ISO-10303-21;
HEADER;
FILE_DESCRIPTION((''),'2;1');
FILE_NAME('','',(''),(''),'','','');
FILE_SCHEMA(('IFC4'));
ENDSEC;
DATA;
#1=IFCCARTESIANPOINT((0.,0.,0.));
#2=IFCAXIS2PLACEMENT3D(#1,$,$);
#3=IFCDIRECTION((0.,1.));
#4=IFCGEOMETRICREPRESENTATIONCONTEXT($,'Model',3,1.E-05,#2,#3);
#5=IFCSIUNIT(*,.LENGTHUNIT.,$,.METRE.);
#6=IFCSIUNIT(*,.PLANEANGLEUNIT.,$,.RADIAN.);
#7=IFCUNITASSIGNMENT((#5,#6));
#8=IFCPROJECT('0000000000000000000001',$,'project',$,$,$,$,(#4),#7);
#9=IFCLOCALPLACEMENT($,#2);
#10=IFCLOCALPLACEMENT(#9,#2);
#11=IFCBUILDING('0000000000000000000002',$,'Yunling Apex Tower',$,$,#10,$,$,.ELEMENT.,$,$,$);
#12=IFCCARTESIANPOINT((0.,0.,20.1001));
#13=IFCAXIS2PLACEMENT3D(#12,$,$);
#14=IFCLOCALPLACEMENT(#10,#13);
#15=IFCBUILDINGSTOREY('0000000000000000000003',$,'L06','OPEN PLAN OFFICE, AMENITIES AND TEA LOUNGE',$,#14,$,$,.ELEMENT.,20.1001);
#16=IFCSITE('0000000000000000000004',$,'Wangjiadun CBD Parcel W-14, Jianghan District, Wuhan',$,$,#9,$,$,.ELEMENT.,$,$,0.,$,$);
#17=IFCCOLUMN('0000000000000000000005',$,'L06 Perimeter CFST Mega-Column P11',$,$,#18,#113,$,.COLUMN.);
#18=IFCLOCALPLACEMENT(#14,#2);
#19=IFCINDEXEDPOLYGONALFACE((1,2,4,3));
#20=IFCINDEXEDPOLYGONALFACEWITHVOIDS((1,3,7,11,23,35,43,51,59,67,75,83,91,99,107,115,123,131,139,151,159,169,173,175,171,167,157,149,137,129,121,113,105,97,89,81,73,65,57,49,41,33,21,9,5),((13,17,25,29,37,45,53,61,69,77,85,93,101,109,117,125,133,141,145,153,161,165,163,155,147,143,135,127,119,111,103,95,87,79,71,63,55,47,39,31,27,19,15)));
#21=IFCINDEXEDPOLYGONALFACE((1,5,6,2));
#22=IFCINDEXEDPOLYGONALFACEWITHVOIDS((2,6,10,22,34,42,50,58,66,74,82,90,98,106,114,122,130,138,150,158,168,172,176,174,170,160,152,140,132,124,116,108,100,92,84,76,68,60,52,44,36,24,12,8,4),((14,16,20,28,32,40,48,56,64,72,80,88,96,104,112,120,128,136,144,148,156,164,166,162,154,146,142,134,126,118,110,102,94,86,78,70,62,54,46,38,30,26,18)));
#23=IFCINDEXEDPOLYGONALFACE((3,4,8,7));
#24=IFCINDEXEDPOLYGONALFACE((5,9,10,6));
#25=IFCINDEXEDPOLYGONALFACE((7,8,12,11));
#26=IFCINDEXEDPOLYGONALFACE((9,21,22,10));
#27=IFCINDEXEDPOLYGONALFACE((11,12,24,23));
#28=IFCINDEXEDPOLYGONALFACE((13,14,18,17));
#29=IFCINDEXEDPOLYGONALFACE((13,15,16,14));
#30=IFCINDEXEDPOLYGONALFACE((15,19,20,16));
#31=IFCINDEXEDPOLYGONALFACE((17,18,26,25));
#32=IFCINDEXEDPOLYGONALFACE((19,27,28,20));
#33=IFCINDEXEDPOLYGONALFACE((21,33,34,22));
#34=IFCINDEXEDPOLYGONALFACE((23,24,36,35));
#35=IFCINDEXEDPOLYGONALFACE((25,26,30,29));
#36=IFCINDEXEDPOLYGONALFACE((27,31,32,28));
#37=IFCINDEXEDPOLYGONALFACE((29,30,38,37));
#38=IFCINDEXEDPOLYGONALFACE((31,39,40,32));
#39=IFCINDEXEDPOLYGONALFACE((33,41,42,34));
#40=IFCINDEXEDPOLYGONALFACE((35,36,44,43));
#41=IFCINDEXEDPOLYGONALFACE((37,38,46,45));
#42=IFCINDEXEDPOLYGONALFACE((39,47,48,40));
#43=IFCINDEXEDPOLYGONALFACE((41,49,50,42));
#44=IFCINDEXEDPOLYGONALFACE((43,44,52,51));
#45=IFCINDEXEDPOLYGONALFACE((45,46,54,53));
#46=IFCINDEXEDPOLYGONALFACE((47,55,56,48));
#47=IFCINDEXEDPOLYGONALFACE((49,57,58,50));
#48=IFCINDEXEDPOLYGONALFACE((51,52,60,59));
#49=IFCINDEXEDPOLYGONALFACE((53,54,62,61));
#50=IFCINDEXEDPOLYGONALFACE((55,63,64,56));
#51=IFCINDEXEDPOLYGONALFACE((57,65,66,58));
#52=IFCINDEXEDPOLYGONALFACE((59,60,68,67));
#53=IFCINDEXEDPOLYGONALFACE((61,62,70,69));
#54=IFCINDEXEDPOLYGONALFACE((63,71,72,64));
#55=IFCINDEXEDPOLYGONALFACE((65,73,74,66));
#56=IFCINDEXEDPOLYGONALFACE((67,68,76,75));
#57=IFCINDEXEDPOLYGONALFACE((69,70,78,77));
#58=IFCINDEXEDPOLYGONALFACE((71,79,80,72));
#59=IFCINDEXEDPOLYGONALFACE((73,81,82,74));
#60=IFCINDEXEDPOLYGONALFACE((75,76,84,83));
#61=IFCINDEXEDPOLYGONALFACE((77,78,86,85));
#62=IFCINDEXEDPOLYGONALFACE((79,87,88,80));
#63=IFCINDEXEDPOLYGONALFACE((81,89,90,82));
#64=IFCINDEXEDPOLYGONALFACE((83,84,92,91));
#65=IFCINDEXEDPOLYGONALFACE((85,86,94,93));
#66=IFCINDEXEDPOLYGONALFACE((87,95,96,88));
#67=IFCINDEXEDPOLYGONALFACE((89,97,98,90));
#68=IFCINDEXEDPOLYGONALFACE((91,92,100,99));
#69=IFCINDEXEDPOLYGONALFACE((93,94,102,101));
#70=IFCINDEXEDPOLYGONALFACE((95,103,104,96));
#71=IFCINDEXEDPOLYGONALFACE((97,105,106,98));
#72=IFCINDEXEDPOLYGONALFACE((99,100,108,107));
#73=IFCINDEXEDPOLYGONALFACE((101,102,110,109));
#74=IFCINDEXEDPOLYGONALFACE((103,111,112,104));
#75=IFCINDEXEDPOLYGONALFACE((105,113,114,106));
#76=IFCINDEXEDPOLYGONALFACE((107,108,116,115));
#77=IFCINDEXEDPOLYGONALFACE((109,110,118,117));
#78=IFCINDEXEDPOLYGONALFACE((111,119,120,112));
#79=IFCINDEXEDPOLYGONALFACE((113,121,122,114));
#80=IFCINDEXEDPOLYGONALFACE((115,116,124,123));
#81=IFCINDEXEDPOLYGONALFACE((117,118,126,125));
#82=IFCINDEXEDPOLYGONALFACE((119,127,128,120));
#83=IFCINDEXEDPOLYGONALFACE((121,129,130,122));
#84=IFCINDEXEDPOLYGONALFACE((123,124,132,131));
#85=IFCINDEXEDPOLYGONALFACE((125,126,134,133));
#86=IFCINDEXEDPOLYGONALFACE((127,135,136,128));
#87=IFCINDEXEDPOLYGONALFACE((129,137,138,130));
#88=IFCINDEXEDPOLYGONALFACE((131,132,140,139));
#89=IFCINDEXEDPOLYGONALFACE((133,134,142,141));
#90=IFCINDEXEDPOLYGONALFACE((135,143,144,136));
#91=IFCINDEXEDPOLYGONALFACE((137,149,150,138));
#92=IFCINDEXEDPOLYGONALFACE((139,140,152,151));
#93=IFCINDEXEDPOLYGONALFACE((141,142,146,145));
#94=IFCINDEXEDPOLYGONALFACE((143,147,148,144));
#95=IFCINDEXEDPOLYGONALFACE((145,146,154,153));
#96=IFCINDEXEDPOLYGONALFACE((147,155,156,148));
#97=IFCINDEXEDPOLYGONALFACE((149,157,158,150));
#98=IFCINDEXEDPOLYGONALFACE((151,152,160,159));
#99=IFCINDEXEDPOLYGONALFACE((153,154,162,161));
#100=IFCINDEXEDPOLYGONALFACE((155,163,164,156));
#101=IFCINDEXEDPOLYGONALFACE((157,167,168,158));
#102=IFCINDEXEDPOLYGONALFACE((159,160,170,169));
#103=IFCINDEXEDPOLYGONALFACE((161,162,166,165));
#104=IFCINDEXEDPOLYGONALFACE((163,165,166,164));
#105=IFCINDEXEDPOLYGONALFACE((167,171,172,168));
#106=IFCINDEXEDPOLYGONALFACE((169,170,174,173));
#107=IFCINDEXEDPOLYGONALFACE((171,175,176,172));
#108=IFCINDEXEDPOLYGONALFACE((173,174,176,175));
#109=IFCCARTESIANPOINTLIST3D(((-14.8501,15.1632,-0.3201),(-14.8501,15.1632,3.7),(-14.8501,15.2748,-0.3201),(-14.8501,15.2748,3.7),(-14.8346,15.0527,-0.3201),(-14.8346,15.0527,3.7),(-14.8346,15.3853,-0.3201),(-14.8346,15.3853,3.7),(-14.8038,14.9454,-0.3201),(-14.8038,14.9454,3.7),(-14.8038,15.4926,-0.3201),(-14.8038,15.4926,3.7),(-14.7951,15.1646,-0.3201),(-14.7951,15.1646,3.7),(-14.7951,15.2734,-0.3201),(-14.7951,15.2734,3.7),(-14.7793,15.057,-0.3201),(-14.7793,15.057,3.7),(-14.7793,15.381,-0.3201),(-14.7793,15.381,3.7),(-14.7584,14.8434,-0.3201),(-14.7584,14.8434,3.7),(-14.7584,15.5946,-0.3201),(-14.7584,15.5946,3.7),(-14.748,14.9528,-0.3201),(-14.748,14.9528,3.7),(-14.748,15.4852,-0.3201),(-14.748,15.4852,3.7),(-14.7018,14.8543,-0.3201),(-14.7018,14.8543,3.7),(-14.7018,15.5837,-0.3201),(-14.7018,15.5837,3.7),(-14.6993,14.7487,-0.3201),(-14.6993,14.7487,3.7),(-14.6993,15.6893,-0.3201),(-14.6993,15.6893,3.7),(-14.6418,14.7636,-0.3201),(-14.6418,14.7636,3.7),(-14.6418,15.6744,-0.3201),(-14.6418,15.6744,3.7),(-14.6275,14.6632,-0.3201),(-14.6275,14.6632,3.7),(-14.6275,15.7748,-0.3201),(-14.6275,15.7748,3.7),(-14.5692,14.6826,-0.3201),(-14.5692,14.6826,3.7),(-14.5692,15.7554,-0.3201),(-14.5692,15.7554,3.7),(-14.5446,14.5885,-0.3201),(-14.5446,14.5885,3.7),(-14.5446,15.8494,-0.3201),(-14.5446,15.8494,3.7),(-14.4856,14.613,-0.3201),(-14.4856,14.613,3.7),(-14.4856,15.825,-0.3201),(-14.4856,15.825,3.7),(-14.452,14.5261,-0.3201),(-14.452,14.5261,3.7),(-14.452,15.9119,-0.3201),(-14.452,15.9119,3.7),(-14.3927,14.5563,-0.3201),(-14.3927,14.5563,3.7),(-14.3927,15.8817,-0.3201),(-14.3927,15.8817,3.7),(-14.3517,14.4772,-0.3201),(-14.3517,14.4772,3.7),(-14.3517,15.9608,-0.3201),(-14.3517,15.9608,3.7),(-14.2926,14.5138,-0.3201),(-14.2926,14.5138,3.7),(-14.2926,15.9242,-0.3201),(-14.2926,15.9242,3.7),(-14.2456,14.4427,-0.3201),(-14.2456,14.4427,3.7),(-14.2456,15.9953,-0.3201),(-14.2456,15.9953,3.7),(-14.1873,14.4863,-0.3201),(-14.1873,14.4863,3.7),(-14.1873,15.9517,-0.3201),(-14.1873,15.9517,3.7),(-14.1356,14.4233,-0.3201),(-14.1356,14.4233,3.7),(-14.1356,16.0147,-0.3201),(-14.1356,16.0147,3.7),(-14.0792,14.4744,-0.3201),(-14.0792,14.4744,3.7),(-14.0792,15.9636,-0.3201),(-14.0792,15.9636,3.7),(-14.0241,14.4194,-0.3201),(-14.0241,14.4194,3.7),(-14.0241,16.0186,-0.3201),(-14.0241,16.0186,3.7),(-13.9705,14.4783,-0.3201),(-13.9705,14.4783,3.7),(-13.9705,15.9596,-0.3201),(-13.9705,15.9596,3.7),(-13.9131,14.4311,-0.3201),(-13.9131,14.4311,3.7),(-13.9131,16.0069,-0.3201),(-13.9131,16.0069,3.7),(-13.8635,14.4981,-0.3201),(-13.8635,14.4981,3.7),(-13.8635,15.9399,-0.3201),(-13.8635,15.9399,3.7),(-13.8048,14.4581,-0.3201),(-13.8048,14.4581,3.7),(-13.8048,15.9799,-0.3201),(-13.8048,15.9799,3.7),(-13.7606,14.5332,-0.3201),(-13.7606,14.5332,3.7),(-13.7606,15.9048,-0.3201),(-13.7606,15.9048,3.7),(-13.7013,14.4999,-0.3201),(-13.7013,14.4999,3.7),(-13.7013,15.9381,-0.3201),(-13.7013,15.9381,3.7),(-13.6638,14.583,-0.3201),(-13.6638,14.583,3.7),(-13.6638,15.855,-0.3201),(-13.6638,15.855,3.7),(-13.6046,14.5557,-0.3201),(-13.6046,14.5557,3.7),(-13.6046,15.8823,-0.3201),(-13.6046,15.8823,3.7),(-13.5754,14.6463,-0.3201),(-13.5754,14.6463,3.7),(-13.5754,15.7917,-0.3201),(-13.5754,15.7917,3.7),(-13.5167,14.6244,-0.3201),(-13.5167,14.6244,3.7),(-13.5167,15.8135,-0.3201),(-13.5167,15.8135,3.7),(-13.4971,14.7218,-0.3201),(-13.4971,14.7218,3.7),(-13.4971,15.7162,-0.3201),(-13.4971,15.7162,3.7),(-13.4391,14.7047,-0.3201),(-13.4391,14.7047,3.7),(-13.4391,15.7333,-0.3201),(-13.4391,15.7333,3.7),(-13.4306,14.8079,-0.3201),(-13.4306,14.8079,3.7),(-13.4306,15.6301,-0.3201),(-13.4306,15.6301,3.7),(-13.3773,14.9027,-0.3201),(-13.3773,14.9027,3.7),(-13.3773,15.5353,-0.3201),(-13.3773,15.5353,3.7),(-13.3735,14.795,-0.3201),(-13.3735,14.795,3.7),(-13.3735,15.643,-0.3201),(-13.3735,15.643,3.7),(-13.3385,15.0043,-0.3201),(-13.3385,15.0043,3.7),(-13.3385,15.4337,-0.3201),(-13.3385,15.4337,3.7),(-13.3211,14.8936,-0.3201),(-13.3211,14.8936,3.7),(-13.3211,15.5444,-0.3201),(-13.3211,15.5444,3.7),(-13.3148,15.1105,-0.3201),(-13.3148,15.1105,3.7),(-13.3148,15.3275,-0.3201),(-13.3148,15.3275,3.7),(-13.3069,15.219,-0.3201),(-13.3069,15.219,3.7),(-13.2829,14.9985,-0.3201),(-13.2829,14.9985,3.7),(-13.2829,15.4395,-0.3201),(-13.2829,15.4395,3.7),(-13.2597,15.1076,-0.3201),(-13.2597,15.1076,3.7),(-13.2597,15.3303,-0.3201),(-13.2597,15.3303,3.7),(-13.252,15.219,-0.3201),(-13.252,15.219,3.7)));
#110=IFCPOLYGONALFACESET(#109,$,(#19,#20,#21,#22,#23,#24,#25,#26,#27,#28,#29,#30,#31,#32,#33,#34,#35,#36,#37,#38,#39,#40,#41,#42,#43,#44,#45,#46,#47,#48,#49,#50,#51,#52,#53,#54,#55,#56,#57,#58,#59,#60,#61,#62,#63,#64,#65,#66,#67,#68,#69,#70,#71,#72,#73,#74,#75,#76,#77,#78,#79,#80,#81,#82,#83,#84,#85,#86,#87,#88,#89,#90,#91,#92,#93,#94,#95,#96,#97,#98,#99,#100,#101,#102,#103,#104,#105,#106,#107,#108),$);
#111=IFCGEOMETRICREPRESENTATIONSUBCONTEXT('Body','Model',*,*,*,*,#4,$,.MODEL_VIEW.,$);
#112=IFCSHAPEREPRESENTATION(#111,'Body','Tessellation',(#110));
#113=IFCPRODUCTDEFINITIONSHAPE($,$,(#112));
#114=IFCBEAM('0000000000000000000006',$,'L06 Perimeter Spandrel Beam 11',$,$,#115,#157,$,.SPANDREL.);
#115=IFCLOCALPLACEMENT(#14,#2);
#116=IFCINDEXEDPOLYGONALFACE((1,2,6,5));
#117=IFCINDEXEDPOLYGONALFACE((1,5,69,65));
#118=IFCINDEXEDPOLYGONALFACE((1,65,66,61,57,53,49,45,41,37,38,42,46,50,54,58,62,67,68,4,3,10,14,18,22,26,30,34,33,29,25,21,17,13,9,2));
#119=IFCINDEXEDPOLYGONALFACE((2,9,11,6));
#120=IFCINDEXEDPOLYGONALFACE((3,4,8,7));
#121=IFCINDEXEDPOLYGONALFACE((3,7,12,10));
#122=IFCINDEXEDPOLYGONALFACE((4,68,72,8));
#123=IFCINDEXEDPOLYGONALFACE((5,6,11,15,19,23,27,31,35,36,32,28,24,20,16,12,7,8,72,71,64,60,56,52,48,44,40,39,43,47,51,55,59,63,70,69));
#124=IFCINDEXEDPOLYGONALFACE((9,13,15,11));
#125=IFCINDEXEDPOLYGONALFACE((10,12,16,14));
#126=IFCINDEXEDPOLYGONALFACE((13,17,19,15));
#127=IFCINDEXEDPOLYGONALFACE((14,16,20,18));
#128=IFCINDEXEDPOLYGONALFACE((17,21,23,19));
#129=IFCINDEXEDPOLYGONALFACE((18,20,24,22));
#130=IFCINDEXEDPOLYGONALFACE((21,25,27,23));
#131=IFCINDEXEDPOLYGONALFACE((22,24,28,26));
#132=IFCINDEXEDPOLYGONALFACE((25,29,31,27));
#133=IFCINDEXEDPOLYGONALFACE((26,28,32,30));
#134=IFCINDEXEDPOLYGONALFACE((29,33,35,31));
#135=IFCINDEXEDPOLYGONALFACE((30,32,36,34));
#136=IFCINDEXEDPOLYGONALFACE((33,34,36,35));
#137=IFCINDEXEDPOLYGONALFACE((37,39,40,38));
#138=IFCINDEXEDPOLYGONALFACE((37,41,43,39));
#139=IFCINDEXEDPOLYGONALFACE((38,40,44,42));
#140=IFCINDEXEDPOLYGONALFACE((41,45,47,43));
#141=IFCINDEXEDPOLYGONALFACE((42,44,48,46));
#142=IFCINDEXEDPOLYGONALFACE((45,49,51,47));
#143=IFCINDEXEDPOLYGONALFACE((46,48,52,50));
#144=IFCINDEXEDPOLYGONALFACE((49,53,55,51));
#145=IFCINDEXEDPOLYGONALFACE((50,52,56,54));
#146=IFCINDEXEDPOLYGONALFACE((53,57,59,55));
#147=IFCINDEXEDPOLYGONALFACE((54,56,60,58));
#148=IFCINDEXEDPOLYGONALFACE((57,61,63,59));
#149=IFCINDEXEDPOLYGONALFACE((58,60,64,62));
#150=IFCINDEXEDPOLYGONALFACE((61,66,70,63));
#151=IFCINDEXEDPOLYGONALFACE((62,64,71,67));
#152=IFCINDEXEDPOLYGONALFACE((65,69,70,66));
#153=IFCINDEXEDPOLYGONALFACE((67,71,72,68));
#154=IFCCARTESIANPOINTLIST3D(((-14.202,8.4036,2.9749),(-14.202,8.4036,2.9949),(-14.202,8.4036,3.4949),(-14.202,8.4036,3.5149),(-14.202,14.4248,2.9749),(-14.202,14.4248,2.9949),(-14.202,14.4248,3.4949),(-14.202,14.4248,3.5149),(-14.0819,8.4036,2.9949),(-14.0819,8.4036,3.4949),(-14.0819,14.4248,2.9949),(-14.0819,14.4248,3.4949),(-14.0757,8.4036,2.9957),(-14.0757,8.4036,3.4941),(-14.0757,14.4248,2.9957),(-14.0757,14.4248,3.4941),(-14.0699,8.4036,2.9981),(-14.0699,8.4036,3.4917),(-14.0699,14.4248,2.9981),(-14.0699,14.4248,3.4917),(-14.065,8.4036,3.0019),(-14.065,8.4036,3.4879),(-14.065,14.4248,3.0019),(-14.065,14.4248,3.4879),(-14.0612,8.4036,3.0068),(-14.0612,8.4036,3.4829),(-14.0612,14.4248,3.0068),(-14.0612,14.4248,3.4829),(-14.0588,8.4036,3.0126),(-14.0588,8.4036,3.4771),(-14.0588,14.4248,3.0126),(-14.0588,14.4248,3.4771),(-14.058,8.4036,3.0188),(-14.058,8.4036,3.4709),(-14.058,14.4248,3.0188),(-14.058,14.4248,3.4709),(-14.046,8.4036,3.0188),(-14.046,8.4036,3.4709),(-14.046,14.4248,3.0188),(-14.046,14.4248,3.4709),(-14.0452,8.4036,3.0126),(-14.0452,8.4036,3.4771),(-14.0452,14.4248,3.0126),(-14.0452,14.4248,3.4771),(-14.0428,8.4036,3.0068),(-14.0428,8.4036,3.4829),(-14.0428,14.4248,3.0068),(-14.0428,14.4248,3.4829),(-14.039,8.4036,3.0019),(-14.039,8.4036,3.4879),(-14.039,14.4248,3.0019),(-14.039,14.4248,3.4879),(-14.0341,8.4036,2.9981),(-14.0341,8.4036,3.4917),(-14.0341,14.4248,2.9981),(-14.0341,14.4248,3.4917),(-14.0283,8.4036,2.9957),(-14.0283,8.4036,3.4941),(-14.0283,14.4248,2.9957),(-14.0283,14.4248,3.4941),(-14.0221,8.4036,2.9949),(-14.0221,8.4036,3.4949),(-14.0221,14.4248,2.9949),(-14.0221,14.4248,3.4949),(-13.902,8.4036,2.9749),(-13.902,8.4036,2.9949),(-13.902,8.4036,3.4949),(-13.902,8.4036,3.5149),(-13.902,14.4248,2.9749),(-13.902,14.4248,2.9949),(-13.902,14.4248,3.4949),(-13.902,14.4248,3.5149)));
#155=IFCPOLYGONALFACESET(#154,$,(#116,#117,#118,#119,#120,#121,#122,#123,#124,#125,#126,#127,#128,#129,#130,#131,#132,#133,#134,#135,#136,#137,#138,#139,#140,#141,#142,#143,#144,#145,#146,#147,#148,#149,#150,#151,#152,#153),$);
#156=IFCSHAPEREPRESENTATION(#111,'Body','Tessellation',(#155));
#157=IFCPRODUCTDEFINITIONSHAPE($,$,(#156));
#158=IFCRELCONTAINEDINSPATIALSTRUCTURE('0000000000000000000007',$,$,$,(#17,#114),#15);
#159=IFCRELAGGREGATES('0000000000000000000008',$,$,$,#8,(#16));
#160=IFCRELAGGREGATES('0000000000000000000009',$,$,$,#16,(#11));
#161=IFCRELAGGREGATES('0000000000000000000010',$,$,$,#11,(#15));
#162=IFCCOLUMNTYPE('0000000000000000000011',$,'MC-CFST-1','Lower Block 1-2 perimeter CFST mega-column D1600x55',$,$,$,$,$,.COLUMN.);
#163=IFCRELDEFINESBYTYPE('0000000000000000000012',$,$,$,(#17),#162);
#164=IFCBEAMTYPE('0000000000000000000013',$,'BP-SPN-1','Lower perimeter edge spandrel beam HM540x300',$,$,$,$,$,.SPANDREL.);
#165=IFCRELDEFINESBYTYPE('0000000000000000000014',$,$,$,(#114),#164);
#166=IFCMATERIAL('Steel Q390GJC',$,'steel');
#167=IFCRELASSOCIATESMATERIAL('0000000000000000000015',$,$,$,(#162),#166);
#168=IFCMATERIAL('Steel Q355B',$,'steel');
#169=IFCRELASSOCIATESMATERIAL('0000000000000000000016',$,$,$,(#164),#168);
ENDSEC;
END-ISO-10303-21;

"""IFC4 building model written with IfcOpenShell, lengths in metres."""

from ifc_helpers import new_model, si_unit, direction, frame, origin, origin_2d, place, context, subcontext, project, spatial, hollow_circle, i_section, extrude, source, transform, mapped, material, material_profile, profile_set, type_object, element, save


model = new_model("IFC4")

# Units and contexts
model_context = context("Model", 3, precision=1e-05, world=origin(), true_north=direction((0.0, 1.0)))
body_context = subcontext(model_context, "Body", "Model", "MODEL_VIEW")
ifc_project = project(units=[si_unit("LENGTHUNIT", "METRE"), si_unit("PLANEANGLEUNIT", "RADIAN")], contexts=[model_context])

# Site, building, storey
site_placement = place(None, origin())
site = spatial("IfcSite", under=ifc_project, at=site_placement, Name="Wangjiadun CBD Parcel W-14, Jianghan District, Wuhan", CompositionType="ELEMENT", RefElevation=0.0)
building_placement = place(site_placement, origin())
building = spatial("IfcBuilding", under=site, at=building_placement, Name="Yunling Apex Tower", CompositionType="ELEMENT")
storey_placement = place(building_placement, frame((0.0, 0.0, 20.1001)))
storey = spatial("IfcBuildingStorey", under=building, at=storey_placement, Name="L06", Description="OPEN PLAN OFFICE, AMENITIES AND TEA LOUNGE", CompositionType="ELEMENT", Elevation=20.1001)

# Column
ifc_material_1 = material(Name="Steel Q390GJC", Category="steel")
ifc_material_profile_1 = material_profile(ifc_material_1, hollow_circle(Radius=0.8, WallThickness=0.0549, at=origin_2d()))
ifc_profile_set_1 = profile_set([ifc_material_profile_1], Name="Steel Q390GJC")
column_type = type_object("IfcColumnType", Name="MC-CFST-1", Description="Lower Block 1-2 perimeter CFST mega-column D1600x55", PredefinedType="COLUMN", material=ifc_profile_set_1)
shared_shape_1 = source(origin(), body_context, "Body", "SweptSolid", [
    extrude(hollow_circle(Radius=0.8, WallThickness=0.0549, at=origin_2d()), origin(), (0.0, 0.0, 1.0), 4.02),
])
column_placement = place(storey_placement, frame((-14.052, 15.219, -0.3201), z_axis=(0.0, 0.0, 1.0), x_axis=(1.0, 0.0, 0.0)))
element("IfcColumn", 1, at=column_placement, inside=storey, type_object=column_type, Name="L06 Perimeter CFST Mega-Column P11", PredefinedType="COLUMN", context=body_context, shape_type="MappedRepresentation", body=[
    mapped(shared_shape_1, transform((0.0, 0.0, 0.0), scale=1.0)),
])

# Beam
ifc_material_2 = material(Name="Steel Q355B", Category="steel")
ifc_material_profile_2 = material_profile(ifc_material_2, i_section(OverallWidth=0.3, OverallDepth=0.54, WebThickness=0.012, FlangeThickness=0.02, FilletRadius=0.0239, at=origin_2d()))
ifc_profile_set_2 = profile_set([ifc_material_profile_2], Name="Steel Q355B")
beam_type_1 = type_object("IfcBeamType", Name="BP-SPN-1", Description="Lower perimeter edge spandrel beam HM540x300", PredefinedType="SPANDREL", material=ifc_profile_set_2)
shared_shape_2 = source(origin(), body_context, "Body", "SweptSolid", [
    extrude(i_section(OverallWidth=0.3, OverallDepth=0.54, WebThickness=0.012, FlangeThickness=0.02, FilletRadius=0.0239, at=origin_2d()), origin(), (0.0, 0.0, 1.0), 6.0212),
])
beam_1_placement = place(storey_placement, frame((-14.052, 14.4248, 3.2449), z_axis=(0.0, -1.0, 0.0), x_axis=(1.0, 0.0, 0.0)))
element("IfcBeam", 2, at=beam_1_placement, inside=storey, type_object=beam_type_1, Name="L06 Perimeter Spandrel Beam 11", PredefinedType="SPANDREL", context=body_context, shape_type="MappedRepresentation", body=[
    mapped(shared_shape_2, transform((0.0, 0.0, 0.0), scale=1.0)),
])

save(model, "model.ifc")
